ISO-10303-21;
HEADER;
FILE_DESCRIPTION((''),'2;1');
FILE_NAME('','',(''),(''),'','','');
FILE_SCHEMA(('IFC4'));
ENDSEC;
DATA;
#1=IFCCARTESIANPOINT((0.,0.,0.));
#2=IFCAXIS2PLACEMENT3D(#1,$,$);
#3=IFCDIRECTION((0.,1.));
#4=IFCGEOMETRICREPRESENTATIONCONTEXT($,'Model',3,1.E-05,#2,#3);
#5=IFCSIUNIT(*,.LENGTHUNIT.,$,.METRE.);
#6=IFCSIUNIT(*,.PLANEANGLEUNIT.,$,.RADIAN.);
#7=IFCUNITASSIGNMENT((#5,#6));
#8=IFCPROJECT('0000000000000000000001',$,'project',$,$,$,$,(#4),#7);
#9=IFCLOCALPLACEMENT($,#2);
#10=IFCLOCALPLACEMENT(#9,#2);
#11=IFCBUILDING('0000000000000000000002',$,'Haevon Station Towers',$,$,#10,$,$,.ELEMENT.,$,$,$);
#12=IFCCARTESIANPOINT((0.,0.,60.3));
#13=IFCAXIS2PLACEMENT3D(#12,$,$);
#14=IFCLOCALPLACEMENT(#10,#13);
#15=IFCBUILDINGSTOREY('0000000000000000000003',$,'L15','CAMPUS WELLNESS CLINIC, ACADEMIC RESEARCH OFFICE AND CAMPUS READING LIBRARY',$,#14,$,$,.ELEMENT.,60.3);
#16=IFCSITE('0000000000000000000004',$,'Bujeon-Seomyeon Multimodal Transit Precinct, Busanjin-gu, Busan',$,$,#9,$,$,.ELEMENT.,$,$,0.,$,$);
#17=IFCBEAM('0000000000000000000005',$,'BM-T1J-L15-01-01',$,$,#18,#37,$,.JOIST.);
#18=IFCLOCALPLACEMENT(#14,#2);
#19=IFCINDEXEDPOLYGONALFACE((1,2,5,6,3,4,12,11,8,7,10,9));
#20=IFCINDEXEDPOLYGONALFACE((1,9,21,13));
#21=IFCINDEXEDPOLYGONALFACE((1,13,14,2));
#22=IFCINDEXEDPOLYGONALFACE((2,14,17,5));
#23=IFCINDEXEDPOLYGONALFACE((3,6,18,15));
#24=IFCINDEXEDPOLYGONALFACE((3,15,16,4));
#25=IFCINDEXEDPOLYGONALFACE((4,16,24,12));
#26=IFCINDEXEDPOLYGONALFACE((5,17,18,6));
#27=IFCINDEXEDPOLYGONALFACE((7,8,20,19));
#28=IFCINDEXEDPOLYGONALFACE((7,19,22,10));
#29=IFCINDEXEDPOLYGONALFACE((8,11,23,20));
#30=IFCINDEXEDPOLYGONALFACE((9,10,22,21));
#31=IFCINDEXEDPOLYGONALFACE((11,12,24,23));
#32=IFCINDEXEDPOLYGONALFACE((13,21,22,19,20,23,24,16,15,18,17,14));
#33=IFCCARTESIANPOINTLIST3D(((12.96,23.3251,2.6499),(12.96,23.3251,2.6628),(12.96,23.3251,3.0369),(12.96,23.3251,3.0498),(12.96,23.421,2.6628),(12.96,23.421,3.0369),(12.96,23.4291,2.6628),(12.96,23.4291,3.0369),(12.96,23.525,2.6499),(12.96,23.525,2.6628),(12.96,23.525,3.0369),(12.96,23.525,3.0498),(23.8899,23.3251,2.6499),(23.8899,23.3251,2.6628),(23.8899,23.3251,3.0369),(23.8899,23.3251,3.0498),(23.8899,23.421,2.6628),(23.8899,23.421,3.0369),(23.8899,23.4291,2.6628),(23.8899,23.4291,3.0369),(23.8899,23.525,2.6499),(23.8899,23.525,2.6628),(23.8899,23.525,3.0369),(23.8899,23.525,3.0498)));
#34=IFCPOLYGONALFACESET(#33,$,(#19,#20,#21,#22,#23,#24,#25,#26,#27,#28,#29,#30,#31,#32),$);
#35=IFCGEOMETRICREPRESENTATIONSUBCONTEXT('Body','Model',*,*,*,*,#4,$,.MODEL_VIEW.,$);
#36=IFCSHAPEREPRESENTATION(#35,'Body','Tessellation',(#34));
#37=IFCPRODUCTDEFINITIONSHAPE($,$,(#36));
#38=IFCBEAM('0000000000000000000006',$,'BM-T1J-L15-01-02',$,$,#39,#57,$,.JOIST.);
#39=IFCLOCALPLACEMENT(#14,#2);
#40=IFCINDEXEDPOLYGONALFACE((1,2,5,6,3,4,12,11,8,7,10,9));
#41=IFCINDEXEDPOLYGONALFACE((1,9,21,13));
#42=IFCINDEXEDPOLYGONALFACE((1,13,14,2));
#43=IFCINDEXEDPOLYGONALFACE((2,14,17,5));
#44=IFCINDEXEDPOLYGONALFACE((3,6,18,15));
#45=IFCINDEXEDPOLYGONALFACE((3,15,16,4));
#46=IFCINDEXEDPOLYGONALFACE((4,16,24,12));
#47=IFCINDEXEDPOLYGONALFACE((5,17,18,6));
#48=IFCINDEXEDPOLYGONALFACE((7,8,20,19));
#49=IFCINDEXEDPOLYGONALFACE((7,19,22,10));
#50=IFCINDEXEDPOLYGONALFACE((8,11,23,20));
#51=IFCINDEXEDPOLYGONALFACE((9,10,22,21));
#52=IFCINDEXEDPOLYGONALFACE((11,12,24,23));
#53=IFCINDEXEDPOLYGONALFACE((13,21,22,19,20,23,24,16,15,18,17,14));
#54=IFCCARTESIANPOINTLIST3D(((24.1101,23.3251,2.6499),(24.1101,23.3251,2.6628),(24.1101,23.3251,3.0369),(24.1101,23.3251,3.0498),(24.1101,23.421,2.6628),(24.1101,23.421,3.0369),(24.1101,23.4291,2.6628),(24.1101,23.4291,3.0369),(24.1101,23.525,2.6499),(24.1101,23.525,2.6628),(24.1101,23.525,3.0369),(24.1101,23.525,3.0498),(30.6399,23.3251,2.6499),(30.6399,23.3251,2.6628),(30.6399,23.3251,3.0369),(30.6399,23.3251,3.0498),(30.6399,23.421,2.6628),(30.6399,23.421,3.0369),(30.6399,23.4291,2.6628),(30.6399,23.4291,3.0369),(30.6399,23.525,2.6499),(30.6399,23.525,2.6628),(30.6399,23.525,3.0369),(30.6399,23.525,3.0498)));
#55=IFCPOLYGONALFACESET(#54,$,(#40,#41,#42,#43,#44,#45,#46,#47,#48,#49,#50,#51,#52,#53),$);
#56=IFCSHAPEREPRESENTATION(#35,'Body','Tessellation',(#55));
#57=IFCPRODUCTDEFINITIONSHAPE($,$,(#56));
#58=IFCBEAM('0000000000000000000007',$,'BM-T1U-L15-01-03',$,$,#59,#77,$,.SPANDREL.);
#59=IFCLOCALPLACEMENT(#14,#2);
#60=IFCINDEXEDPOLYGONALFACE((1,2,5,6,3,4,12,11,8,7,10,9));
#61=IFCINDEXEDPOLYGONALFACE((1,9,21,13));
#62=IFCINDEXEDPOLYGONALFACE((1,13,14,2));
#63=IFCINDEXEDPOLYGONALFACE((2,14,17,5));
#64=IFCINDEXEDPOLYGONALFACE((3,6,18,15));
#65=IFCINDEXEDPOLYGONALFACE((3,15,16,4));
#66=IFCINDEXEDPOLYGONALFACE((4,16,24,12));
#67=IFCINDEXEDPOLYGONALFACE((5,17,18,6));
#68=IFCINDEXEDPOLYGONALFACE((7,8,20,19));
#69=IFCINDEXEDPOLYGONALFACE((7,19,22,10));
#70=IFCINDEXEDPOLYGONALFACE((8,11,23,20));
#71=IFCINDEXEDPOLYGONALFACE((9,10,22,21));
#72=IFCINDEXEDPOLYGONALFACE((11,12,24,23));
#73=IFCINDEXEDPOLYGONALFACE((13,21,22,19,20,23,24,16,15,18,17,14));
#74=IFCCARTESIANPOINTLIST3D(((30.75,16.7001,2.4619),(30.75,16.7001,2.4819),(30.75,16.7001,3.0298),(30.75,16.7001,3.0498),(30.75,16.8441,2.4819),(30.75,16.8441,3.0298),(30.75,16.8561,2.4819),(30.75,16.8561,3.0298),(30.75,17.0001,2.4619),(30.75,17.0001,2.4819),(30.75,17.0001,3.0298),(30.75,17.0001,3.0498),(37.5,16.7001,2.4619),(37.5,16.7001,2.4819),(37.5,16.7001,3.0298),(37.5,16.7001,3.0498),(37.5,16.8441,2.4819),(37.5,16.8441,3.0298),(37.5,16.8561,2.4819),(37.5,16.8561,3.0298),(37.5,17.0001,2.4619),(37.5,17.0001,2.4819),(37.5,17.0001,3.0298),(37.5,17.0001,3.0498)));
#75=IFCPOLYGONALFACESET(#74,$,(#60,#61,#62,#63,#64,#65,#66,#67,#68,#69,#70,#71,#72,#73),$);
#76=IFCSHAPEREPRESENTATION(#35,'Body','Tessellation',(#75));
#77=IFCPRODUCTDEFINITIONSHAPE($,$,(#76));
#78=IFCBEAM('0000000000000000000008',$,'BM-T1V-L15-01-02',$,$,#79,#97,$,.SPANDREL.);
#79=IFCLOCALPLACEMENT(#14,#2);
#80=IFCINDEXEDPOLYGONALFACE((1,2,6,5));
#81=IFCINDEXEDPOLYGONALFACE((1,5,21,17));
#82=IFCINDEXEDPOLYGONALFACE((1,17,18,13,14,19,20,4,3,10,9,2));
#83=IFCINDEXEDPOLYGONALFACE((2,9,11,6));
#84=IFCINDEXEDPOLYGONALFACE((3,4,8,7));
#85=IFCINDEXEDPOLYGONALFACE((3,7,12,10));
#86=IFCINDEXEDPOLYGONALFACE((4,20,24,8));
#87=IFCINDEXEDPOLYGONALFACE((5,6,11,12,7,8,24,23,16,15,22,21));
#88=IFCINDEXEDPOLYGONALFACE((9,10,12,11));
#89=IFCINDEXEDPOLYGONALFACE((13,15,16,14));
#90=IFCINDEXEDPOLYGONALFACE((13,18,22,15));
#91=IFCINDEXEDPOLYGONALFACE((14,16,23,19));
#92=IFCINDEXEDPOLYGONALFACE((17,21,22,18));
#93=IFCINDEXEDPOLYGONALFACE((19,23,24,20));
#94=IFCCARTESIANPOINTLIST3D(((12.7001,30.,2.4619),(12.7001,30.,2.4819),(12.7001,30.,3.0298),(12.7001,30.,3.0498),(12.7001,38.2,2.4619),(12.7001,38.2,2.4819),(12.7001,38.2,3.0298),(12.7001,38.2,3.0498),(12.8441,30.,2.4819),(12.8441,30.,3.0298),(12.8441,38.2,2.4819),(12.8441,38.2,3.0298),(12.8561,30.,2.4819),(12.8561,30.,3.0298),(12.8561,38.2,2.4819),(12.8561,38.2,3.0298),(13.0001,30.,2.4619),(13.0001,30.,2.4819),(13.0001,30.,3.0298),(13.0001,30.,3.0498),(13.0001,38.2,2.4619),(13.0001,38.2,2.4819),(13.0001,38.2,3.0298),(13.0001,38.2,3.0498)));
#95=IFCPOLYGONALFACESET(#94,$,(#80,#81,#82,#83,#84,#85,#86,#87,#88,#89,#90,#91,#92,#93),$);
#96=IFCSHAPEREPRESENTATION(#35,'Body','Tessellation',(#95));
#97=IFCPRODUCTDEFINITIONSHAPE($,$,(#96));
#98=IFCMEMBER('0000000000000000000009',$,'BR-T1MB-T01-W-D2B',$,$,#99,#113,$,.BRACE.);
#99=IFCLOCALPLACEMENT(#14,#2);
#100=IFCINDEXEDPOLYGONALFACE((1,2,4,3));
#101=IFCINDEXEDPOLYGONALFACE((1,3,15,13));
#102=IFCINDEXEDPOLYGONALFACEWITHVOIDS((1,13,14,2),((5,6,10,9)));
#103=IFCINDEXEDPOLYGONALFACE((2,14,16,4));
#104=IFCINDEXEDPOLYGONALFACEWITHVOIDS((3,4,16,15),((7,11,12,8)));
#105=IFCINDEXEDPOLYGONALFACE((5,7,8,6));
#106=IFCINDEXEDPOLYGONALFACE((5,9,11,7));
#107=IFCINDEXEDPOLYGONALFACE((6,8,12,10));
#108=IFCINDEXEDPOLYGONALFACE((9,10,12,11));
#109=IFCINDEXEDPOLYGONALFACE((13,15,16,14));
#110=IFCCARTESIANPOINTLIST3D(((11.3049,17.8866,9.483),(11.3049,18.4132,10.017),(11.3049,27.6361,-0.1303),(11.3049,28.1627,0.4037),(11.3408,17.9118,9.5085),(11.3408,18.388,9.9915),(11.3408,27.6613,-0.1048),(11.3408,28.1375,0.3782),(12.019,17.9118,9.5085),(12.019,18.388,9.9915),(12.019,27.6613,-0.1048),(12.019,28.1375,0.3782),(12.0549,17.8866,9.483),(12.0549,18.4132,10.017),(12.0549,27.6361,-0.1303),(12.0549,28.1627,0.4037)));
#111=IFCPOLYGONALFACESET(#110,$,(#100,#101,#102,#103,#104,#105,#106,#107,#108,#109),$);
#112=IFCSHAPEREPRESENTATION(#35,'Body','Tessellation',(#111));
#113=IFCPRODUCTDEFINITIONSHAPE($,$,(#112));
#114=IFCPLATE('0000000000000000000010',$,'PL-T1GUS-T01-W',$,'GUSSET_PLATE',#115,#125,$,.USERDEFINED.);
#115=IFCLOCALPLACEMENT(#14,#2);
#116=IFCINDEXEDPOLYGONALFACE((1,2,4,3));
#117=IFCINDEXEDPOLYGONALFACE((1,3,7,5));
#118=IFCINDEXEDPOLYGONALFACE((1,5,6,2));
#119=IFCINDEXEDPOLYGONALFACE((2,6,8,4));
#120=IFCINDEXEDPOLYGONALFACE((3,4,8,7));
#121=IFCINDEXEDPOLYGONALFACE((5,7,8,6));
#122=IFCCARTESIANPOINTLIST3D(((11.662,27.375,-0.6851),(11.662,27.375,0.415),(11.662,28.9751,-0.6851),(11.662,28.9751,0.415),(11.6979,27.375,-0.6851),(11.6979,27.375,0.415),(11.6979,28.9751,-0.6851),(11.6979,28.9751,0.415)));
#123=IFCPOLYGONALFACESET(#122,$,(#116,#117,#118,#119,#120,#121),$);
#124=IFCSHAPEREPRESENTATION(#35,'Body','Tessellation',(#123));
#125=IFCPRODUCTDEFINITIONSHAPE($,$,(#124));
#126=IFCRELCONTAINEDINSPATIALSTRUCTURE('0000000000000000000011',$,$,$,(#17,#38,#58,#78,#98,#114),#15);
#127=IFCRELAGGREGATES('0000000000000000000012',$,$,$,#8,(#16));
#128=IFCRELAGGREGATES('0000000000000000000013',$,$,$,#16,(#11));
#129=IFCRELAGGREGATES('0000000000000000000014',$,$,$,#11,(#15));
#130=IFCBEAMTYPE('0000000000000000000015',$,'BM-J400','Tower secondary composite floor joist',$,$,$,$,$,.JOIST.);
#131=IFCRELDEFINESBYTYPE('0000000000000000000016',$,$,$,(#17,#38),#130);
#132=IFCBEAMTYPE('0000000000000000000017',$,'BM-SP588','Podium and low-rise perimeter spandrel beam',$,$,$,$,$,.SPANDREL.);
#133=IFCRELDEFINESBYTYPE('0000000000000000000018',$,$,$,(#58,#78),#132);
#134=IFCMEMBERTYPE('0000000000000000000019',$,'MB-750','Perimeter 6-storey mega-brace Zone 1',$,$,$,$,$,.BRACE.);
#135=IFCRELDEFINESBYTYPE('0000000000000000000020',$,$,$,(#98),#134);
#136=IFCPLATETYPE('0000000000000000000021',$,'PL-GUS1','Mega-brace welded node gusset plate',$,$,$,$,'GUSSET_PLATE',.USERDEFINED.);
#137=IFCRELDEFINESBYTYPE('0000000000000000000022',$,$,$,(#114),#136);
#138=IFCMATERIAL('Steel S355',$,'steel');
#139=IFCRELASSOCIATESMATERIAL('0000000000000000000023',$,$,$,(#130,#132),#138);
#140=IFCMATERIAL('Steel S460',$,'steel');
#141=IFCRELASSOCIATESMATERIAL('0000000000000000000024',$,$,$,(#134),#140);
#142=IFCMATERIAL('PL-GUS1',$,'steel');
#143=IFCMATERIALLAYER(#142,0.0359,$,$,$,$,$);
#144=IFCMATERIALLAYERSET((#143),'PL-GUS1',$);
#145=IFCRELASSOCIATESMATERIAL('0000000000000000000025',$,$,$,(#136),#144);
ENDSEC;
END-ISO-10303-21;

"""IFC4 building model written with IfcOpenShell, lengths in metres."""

from ifc_helpers import new_model, si_unit, direction, frame, origin, origin_2d, place, context, subcontext, project, spatial, rectangle, hollow_rectangle, i_section, extrude, material, layer, layer_set, material_profile, profile_set, type_object, element, save


model = new_model("IFC4")

# Units and contexts
model_context = context("Model", 3, precision=1e-05, world=origin(), true_north=direction((0.0, 1.0)))
body_context = subcontext(model_context, "Body", "Model", "MODEL_VIEW")
ifc_project = project(units=[si_unit("LENGTHUNIT", "METRE"), si_unit("PLANEANGLEUNIT", "RADIAN")], contexts=[model_context])

# Site, building, storey
site_placement = place(None, origin())
site = spatial("IfcSite", under=ifc_project, at=site_placement, Name="Bujeon-Seomyeon Multimodal Transit Precinct, Busanjin-gu, Busan", CompositionType="ELEMENT", RefElevation=0.0)
building_placement = place(site_placement, origin())
building = spatial("IfcBuilding", under=site, at=building_placement, Name="Haevon Station Towers", CompositionType="ELEMENT")
storey_placement = place(building_placement, frame((0.0, 0.0, 60.3)))
storey = spatial("IfcBuildingStorey", under=building, at=storey_placement, Name="L15", Description="CAMPUS WELLNESS CLINIC, ACADEMIC RESEARCH OFFICE AND CAMPUS READING LIBRARY", CompositionType="ELEMENT", Elevation=60.3)

# Shared definitions
ifc_material_1 = material(Name="Steel S460", Category="steel")

# Beams
ifc_material_2 = material(Name="Steel S355", Category="steel")
ifc_material_profile_1 = material_profile(ifc_material_2, i_section(OverallWidth=0.2, OverallDepth=0.3999, WebThickness=0.0081, FlangeThickness=0.0129, at=origin_2d()), Name="H-400x200x8x13")
ifc_profile_set_1 = profile_set([ifc_material_profile_1], Name="Steel S355")
beam_type_1 = type_object("IfcBeamType", Name="BM-J400", Description="Tower secondary composite floor joist", PredefinedType="JOIST", material=ifc_profile_set_1)
beam_1_placement = place(storey_placement, frame((12.96, 23.425, 2.8499), z_axis=(1.0, 0.0, 0.0), x_axis=(0.0, 1.0, 0.0)))
element("IfcBeam", 1, at=beam_1_placement, inside=storey, type_object=beam_type_1, Name="BM-T1J-L15-01-01", PredefinedType="JOIST", context=body_context, shape_type="SweptSolid", body=[
    extrude(i_section(OverallWidth=0.2, OverallDepth=0.3999, WebThickness=0.0081, FlangeThickness=0.0129, at=origin_2d()), origin(), (0.0, 0.0, 1.0), 10.9299),
])
beam_2_placement = place(storey_placement, frame((24.1101, 23.425, 2.8499), z_axis=(1.0, 0.0, 0.0), x_axis=(0.0, 1.0, 0.0)))
element("IfcBeam", 2, at=beam_2_placement, inside=storey, type_object=beam_type_1, Name="BM-T1J-L15-01-02", PredefinedType="JOIST", context=body_context, shape_type="SweptSolid", body=[
    extrude(i_section(OverallWidth=0.2, OverallDepth=0.3999, WebThickness=0.0081, FlangeThickness=0.0129, at=origin_2d()), origin(), (0.0, 0.0, 1.0), 6.5298),
])
ifc_material_profile_2 = material_profile(ifc_material_2, i_section(OverallWidth=0.3, OverallDepth=0.5879, WebThickness=0.012, FlangeThickness=0.02, at=origin_2d()), Name="H-588x300x12x20")
ifc_profile_set_2 = profile_set([ifc_material_profile_2], Name="Steel S355")
beam_type_2 = type_object("IfcBeamType", Name="BM-SP588", Description="Podium and low-rise perimeter spandrel beam", PredefinedType="SPANDREL", material=ifc_profile_set_2)
beam_3_placement = place(storey_placement, frame((30.75, 16.8501, 2.7559), z_axis=(1.0, 0.0, 0.0), x_axis=(0.0, 1.0, 0.0)))
element("IfcBeam", 3, at=beam_3_placement, inside=storey, type_object=beam_type_2, Name="BM-T1U-L15-01-03", PredefinedType="SPANDREL", context=body_context, shape_type="SweptSolid", body=[
    extrude(i_section(OverallWidth=0.3, OverallDepth=0.5879, WebThickness=0.012, FlangeThickness=0.02, at=origin_2d()), origin(), (0.0, 0.0, 1.0), 6.75),
])
beam_4_placement = place(storey_placement, frame((12.8501, 30.0, 2.7559), z_axis=(0.0, 1.0, 0.0), x_axis=(-1.0, 0.0, 0.0)))
element("IfcBeam", 4, at=beam_4_placement, inside=storey, type_object=beam_type_2, Name="BM-T1V-L15-01-02", PredefinedType="SPANDREL", context=body_context, shape_type="SweptSolid", body=[
    extrude(i_section(OverallWidth=0.3, OverallDepth=0.5879, WebThickness=0.012, FlangeThickness=0.02, at=origin_2d()), origin(), (0.0, 0.0, 1.0), 8.2),
])

# Member
ifc_material_profile_3 = material_profile(ifc_material_1, hollow_rectangle(XDim=0.75, YDim=0.75, WallThickness=0.0359, at=origin_2d()), Name="RHS-750x750x36")
ifc_profile_set_3 = profile_set([ifc_material_profile_3], Name="Steel S460")
member_type = type_object("IfcMemberType", Name="MB-750", Description="Perimeter 6-storey mega-brace Zone 1", PredefinedType="BRACE", material=ifc_profile_set_3)
member_placement = place(storey_placement, frame((11.6799, 27.8994, 0.1367), z_axis=(0.0, -0.712064, 0.702114), x_axis=(1.0, 0.0, 0.0)))
element("IfcMember", 5, at=member_placement, inside=storey, type_object=member_type, Name="BR-T1MB-T01-W-D2B", PredefinedType="BRACE", context=body_context, shape_type="SweptSolid", body=[
    extrude(hollow_rectangle(XDim=0.75, YDim=0.75, WallThickness=0.0359, at=origin_2d()), origin(), (0.0, 0.0, 1.0), 13.6919),
])

# Plate
ifc_material_3 = material(Name="PL-GUS1", Category="steel")
ifc_layer_1 = layer(ifc_material_3, 0.0359)
ifc_layer_set_1 = layer_set([ifc_layer_1], Name="PL-GUS1")
plate_type = type_object("IfcPlateType", Name="PL-GUS1", Description="Mega-brace welded node gusset plate", ElementType="GUSSET_PLATE", PredefinedType="USERDEFINED", material=ifc_layer_set_1)
plate_placement = place(storey_placement, frame((11.6799, 28.175, -0.6851), z_axis=(0.0, 0.0, 1.0), x_axis=(0.0, 1.0, 0.0)))
element("IfcPlate", 6, at=plate_placement, inside=storey, type_object=plate_type, Name="PL-T1GUS-T01-W", ObjectType="GUSSET_PLATE", PredefinedType="USERDEFINED", context=body_context, shape_type="SweptSolid", body=[
    extrude(rectangle(XDim=1.6001, YDim=0.0359, at=origin_2d()), origin(), (0.0, 0.0, 1.0), 1.1001),
])

save(model, "model.ifc")
